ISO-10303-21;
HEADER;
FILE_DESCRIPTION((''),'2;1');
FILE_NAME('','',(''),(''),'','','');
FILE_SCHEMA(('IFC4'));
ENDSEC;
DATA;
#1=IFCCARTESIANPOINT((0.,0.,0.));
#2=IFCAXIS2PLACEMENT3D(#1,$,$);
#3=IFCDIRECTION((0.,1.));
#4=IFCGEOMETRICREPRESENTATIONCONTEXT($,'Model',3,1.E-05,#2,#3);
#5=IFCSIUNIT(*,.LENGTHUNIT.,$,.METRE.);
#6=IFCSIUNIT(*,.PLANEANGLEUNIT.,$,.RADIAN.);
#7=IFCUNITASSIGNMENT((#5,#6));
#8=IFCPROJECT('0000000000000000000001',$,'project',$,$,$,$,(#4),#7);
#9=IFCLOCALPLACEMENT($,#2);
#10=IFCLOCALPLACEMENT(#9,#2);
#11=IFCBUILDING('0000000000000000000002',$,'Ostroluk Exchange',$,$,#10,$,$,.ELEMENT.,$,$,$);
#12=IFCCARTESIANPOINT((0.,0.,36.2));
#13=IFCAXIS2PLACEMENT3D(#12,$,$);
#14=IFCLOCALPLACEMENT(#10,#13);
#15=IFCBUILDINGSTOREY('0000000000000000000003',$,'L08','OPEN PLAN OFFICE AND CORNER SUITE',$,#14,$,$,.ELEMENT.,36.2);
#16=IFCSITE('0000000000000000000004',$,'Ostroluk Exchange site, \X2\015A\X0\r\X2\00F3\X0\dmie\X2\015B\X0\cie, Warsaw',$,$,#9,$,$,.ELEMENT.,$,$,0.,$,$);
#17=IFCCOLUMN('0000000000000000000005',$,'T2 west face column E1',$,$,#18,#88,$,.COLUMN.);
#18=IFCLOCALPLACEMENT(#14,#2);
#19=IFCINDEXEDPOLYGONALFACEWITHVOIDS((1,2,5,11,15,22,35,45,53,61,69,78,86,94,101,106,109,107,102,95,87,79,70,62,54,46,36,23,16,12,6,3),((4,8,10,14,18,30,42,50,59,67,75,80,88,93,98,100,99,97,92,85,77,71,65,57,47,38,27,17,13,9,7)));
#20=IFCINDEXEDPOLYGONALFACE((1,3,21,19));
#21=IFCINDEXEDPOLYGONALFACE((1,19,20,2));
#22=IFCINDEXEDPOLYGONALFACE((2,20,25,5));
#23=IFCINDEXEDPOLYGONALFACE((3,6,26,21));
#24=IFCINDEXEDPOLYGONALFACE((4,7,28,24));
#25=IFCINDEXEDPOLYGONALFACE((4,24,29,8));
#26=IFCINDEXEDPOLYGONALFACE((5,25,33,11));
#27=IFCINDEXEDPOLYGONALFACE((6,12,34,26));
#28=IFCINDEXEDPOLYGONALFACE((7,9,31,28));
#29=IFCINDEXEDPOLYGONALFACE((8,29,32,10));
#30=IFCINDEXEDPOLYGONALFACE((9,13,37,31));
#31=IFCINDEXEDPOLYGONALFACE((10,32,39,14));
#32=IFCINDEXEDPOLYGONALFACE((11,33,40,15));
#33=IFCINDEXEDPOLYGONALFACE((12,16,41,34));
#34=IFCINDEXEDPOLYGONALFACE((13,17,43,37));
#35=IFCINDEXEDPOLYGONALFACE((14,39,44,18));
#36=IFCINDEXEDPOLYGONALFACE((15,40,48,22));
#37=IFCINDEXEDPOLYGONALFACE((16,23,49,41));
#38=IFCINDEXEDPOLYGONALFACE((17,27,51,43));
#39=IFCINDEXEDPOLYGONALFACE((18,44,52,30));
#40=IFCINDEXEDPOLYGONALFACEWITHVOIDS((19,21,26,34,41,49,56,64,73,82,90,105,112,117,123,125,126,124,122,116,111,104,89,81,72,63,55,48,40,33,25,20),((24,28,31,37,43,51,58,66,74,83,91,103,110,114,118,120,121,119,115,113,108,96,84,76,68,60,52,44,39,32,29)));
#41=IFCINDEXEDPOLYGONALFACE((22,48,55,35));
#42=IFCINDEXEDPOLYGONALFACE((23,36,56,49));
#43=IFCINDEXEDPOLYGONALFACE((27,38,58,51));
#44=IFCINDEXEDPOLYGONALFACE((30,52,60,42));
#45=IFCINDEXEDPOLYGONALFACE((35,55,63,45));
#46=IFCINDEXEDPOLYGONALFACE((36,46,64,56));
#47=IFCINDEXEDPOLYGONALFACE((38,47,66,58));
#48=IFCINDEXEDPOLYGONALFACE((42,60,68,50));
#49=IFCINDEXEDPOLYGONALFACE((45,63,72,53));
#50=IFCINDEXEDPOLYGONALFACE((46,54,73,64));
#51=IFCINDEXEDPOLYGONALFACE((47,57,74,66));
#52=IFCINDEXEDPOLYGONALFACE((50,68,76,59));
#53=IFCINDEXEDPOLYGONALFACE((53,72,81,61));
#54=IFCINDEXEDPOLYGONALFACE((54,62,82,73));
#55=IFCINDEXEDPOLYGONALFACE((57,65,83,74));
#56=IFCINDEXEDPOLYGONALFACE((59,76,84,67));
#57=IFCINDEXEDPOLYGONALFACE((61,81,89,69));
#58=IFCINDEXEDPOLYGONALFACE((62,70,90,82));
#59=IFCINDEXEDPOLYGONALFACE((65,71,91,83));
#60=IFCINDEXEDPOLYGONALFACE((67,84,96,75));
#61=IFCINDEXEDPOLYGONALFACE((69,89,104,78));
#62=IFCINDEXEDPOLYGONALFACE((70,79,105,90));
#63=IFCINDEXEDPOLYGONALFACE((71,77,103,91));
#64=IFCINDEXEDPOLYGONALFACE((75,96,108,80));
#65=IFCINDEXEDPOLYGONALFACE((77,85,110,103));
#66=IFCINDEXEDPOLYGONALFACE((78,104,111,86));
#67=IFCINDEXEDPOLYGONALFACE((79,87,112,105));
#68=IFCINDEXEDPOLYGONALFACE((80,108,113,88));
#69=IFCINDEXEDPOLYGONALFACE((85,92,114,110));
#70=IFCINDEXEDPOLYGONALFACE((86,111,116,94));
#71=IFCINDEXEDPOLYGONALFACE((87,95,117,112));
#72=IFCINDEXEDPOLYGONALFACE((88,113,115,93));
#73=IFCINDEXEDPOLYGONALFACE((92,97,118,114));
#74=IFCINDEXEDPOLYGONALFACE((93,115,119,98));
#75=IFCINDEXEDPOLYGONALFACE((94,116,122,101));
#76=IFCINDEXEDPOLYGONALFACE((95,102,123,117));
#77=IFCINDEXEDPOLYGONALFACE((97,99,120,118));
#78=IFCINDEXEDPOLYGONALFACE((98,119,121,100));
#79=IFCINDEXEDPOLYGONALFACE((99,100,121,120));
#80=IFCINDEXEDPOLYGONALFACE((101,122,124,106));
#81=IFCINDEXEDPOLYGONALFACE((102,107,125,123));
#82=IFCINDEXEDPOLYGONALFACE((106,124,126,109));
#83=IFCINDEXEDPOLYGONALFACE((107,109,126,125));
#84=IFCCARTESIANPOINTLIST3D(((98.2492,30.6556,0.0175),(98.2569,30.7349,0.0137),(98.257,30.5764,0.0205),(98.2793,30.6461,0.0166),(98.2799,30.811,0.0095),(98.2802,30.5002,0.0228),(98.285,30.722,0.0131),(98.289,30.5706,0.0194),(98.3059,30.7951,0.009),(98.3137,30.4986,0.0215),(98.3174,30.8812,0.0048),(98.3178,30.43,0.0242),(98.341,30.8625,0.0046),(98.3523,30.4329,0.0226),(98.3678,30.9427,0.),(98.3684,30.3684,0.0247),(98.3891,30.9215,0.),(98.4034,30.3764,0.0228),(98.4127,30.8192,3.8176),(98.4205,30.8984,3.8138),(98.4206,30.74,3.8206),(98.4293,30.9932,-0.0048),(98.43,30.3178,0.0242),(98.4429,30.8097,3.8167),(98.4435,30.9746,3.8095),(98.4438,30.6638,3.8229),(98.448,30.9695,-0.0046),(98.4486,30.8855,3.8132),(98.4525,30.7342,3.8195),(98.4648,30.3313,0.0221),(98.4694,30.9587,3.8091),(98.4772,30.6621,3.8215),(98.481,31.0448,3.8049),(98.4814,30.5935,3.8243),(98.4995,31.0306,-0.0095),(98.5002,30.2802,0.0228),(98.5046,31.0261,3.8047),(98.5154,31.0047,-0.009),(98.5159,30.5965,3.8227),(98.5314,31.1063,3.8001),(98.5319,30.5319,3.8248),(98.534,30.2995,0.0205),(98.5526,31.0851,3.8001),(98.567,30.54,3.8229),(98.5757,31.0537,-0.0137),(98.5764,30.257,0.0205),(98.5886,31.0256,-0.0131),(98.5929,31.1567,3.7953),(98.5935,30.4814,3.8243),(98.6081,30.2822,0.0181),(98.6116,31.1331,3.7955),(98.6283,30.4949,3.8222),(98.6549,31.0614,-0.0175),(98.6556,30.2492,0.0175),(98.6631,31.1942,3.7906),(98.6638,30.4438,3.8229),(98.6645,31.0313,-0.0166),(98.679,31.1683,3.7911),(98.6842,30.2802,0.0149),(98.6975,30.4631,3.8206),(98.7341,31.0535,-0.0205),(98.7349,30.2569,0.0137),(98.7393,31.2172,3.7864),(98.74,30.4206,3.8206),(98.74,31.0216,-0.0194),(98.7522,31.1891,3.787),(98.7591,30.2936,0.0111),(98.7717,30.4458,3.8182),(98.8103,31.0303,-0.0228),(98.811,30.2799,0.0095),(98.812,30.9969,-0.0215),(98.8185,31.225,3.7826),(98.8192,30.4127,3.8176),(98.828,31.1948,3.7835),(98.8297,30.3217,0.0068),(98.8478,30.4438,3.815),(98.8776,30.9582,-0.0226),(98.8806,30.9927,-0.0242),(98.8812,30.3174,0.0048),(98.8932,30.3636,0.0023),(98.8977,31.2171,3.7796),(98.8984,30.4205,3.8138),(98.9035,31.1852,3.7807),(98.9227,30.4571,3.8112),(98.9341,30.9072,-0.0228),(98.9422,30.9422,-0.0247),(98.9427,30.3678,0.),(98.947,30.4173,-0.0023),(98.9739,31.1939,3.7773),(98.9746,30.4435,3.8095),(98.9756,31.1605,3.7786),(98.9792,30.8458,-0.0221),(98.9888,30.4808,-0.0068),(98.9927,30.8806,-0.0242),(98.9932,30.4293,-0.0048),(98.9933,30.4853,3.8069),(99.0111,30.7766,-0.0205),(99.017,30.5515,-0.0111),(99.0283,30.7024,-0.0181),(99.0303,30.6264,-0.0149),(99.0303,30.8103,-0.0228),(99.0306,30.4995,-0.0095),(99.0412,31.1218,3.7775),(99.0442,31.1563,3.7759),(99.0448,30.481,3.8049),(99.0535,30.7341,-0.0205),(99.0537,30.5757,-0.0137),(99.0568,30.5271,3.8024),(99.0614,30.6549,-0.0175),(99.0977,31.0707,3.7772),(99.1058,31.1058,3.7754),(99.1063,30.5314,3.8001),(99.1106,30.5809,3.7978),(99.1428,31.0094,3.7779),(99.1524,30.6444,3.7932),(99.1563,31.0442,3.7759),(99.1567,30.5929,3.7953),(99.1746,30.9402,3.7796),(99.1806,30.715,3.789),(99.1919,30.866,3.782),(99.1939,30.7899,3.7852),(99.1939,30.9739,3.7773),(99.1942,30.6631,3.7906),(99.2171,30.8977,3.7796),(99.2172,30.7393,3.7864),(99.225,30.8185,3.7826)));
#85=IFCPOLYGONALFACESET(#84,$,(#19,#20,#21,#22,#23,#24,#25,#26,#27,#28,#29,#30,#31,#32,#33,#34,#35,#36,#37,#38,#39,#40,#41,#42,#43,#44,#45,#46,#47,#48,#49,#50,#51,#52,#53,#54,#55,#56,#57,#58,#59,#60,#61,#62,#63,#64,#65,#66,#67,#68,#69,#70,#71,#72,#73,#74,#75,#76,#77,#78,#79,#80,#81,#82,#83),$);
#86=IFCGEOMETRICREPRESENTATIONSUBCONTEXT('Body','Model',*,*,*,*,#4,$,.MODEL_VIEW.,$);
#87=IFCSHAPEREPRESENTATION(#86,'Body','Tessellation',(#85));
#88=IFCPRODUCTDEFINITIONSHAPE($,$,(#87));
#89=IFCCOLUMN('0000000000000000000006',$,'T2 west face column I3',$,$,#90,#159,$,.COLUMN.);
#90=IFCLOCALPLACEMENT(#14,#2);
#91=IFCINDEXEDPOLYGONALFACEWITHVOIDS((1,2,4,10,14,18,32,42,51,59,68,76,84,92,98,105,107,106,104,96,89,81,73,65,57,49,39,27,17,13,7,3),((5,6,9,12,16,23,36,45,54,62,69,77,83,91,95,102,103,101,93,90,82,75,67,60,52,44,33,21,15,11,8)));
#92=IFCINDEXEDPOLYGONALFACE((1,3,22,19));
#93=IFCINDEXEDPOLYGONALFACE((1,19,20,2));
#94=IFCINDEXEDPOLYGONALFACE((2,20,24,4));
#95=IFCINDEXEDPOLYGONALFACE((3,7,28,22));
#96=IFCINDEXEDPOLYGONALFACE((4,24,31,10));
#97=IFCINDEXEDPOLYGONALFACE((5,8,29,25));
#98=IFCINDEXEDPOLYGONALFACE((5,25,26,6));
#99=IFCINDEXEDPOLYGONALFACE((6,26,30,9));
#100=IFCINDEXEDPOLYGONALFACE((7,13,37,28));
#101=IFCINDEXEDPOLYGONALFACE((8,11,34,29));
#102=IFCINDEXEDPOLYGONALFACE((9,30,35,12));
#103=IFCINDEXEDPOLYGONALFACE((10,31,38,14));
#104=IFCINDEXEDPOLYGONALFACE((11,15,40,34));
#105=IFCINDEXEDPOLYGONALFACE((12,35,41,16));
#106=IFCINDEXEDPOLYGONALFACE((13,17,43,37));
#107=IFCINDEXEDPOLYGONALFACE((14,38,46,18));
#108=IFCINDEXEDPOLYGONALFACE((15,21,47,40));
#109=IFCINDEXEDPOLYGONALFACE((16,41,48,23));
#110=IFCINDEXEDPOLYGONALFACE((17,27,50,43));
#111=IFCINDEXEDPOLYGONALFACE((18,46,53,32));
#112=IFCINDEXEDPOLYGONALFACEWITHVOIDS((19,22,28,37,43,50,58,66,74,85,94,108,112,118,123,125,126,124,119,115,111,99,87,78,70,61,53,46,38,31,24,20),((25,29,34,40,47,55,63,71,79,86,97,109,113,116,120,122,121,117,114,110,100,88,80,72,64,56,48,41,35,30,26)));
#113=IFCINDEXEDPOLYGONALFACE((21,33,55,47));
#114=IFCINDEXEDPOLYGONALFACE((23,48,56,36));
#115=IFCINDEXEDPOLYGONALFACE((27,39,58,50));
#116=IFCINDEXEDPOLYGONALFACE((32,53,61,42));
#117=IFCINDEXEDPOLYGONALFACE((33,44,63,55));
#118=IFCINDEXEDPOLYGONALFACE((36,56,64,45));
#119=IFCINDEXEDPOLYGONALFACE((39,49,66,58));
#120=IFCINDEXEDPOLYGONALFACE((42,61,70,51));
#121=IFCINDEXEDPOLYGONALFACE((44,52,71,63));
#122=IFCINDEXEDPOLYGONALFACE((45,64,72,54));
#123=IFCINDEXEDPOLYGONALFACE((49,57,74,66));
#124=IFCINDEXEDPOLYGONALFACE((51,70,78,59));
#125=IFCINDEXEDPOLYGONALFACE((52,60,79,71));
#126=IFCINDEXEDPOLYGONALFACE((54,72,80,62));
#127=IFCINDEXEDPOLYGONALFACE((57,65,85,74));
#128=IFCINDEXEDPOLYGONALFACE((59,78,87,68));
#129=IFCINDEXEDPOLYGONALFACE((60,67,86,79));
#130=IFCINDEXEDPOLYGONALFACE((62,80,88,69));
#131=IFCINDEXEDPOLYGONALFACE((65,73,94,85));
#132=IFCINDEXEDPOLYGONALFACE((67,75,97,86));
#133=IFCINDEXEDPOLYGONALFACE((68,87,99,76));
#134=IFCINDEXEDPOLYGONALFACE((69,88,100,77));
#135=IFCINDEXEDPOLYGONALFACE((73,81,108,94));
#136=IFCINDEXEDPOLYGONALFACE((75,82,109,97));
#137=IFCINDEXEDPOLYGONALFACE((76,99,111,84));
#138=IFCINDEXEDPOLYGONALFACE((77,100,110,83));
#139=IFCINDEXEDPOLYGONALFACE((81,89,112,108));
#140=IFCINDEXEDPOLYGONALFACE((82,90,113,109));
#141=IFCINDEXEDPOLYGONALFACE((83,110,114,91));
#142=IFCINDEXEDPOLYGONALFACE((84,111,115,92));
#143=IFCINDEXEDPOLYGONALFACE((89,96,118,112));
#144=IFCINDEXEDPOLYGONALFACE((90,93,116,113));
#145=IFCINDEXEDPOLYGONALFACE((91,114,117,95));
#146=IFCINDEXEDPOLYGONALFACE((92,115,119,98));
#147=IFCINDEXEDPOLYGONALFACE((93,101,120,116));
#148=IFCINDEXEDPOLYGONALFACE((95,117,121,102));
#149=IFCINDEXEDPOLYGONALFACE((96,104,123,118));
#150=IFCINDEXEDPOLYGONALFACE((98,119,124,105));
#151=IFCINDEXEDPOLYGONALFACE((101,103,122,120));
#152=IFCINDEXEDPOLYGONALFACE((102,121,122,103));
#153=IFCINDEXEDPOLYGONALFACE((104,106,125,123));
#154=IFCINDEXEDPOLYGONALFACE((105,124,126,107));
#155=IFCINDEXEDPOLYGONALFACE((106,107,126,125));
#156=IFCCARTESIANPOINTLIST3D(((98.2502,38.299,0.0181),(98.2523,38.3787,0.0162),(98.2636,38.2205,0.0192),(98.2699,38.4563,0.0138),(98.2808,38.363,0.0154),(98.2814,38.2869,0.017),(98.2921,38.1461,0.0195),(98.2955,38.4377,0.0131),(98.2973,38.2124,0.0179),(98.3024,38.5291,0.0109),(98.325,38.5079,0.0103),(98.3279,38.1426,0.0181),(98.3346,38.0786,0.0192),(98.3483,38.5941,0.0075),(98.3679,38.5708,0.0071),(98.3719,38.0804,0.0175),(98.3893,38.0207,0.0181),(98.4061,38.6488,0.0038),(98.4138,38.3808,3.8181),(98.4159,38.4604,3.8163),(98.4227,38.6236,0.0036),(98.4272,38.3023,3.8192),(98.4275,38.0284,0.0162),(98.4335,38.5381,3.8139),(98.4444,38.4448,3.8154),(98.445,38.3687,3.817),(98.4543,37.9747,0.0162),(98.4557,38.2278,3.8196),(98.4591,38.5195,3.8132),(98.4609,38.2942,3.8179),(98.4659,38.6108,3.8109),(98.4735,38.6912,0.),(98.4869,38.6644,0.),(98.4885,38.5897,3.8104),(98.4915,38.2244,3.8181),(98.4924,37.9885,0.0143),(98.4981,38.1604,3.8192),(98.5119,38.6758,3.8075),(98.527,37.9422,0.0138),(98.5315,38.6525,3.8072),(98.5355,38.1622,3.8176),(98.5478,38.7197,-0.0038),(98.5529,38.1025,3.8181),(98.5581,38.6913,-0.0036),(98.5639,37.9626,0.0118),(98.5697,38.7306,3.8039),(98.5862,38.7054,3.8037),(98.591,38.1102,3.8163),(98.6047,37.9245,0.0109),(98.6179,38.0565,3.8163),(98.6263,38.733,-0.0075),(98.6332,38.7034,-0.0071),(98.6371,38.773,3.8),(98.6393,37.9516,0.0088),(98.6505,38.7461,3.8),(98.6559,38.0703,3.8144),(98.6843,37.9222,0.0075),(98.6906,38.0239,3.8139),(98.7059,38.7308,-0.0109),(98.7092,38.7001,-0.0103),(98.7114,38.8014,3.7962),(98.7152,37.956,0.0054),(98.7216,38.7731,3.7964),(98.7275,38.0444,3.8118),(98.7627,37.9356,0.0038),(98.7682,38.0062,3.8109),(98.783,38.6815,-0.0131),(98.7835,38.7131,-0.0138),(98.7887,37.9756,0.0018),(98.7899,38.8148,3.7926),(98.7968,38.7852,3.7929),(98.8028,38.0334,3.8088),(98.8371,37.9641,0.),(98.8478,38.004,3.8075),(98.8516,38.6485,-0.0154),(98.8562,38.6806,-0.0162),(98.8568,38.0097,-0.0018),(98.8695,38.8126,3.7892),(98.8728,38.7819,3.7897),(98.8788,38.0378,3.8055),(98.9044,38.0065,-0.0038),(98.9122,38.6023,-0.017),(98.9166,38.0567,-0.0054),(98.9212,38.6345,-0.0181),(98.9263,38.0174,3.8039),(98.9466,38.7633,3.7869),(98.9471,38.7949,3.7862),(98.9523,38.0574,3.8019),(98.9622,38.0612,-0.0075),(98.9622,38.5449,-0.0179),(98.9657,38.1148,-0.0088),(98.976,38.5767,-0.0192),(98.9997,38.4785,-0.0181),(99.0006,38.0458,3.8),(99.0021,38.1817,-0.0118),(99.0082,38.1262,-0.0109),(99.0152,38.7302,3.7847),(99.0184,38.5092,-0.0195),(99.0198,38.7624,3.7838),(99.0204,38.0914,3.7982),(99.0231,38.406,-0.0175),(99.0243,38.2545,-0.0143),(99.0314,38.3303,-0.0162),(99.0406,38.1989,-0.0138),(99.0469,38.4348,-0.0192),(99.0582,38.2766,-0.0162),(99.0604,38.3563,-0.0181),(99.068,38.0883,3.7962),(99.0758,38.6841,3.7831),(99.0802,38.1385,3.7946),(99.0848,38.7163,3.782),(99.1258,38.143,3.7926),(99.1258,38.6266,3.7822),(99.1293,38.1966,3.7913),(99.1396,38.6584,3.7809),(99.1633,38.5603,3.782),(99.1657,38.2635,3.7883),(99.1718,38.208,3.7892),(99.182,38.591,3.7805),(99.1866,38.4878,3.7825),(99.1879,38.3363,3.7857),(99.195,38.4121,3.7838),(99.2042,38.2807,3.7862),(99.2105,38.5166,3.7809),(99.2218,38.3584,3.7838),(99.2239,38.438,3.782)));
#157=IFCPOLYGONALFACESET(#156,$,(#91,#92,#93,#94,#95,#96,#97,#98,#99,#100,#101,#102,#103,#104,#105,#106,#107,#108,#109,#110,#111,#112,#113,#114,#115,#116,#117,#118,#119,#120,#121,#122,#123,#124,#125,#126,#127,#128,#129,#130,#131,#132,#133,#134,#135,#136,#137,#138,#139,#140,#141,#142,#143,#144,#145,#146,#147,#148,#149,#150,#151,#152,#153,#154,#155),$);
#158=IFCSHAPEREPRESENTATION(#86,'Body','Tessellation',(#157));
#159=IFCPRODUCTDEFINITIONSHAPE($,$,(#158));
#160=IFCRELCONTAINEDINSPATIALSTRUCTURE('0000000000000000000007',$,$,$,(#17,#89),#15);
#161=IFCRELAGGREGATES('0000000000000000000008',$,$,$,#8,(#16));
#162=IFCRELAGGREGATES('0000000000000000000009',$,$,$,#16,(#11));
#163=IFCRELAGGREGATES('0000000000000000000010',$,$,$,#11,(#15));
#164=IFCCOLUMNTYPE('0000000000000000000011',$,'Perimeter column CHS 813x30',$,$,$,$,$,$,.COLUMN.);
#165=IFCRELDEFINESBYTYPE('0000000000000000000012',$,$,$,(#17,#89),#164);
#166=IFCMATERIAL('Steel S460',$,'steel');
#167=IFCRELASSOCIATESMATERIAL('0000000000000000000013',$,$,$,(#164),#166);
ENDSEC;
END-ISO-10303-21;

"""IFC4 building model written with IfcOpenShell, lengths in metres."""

from ifc_helpers import new_model, si_unit, direction, frame, origin, origin_2d, place, context, subcontext, project, spatial, hollow_circle, extrude, material, material_profile, profile_set, type_object, element, save


model = new_model("IFC4")

# Units and contexts
model_context = context("Model", 3, precision=1e-05, world=origin(), true_north=direction((0.0, 1.0)))
body_context = subcontext(model_context, "Body", "Model", "MODEL_VIEW")
ifc_project = project(units=[si_unit("LENGTHUNIT", "METRE"), si_unit("PLANEANGLEUNIT", "RADIAN")], contexts=[model_context])

# Site, building, storey
site_placement = place(None, origin())
site = spatial("IfcSite", under=ifc_project, at=site_placement, Name="Ostroluk Exchange site, Śródmieście, Warsaw", CompositionType="ELEMENT", RefElevation=0.0)
building_placement = place(site_placement, origin())
building = spatial("IfcBuilding", under=site, at=building_placement, Name="Ostroluk Exchange", CompositionType="ELEMENT")
storey_placement = place(building_placement, frame((0.0, 0.0, 36.2)))
storey = spatial("IfcBuildingStorey", under=building, at=storey_placement, Name="L08", Description="OPEN PLAN OFFICE AND CORNER SUITE", CompositionType="ELEMENT", Elevation=36.2)

# Columns
ifc_material_1 = material(Name="Steel S460", Category="steel")
ifc_material_profile_1 = material_profile(ifc_material_1, hollow_circle(Radius=0.4065, WallThickness=0.03, at=origin_2d()), Name="CHS 813x30")
ifc_profile_set_1 = profile_set([ifc_material_profile_1], Name="Steel S460")
column_type_1 = type_object("IfcColumnType", Name="Perimeter column CHS 813x30", PredefinedType="COLUMN", material=ifc_profile_set_1)
column_1_placement = place(storey_placement, frame((98.6553, 30.6553, 0.0), z_axis=(0.042966, 0.042966, 0.998152), x_axis=(-0.707107, 0.707107, 0.0)))
element("IfcColumn", 1, at=column_1_placement, inside=storey, type_object=column_type_1, Name="T2 west face column E1", PredefinedType="COLUMN", context=body_context, shape_type="SweptSolid", body=[
    extrude(hollow_circle(Radius=0.4065, WallThickness=0.03, at=origin_2d()), origin(), (0.0, 0.0, 1.0), 3.8071),
])
column_2_placement = place(storey_placement, frame((98.6553, 38.3276, 0.0), z_axis=(0.042996, 0.021498, 0.998844), x_axis=(-0.447214, 0.894427, 0.0)))
element("IfcColumn", 2, at=column_2_placement, inside=storey, type_object=column_type_1, Name="T2 west face column I3", PredefinedType="COLUMN", context=body_context, shape_type="SweptSolid", body=[
    extrude(hollow_circle(Radius=0.4065, WallThickness=0.03, at=origin_2d()), origin(), (0.0, 0.0, 1.0), 3.8044),
])

save(model, "model.ifc")
